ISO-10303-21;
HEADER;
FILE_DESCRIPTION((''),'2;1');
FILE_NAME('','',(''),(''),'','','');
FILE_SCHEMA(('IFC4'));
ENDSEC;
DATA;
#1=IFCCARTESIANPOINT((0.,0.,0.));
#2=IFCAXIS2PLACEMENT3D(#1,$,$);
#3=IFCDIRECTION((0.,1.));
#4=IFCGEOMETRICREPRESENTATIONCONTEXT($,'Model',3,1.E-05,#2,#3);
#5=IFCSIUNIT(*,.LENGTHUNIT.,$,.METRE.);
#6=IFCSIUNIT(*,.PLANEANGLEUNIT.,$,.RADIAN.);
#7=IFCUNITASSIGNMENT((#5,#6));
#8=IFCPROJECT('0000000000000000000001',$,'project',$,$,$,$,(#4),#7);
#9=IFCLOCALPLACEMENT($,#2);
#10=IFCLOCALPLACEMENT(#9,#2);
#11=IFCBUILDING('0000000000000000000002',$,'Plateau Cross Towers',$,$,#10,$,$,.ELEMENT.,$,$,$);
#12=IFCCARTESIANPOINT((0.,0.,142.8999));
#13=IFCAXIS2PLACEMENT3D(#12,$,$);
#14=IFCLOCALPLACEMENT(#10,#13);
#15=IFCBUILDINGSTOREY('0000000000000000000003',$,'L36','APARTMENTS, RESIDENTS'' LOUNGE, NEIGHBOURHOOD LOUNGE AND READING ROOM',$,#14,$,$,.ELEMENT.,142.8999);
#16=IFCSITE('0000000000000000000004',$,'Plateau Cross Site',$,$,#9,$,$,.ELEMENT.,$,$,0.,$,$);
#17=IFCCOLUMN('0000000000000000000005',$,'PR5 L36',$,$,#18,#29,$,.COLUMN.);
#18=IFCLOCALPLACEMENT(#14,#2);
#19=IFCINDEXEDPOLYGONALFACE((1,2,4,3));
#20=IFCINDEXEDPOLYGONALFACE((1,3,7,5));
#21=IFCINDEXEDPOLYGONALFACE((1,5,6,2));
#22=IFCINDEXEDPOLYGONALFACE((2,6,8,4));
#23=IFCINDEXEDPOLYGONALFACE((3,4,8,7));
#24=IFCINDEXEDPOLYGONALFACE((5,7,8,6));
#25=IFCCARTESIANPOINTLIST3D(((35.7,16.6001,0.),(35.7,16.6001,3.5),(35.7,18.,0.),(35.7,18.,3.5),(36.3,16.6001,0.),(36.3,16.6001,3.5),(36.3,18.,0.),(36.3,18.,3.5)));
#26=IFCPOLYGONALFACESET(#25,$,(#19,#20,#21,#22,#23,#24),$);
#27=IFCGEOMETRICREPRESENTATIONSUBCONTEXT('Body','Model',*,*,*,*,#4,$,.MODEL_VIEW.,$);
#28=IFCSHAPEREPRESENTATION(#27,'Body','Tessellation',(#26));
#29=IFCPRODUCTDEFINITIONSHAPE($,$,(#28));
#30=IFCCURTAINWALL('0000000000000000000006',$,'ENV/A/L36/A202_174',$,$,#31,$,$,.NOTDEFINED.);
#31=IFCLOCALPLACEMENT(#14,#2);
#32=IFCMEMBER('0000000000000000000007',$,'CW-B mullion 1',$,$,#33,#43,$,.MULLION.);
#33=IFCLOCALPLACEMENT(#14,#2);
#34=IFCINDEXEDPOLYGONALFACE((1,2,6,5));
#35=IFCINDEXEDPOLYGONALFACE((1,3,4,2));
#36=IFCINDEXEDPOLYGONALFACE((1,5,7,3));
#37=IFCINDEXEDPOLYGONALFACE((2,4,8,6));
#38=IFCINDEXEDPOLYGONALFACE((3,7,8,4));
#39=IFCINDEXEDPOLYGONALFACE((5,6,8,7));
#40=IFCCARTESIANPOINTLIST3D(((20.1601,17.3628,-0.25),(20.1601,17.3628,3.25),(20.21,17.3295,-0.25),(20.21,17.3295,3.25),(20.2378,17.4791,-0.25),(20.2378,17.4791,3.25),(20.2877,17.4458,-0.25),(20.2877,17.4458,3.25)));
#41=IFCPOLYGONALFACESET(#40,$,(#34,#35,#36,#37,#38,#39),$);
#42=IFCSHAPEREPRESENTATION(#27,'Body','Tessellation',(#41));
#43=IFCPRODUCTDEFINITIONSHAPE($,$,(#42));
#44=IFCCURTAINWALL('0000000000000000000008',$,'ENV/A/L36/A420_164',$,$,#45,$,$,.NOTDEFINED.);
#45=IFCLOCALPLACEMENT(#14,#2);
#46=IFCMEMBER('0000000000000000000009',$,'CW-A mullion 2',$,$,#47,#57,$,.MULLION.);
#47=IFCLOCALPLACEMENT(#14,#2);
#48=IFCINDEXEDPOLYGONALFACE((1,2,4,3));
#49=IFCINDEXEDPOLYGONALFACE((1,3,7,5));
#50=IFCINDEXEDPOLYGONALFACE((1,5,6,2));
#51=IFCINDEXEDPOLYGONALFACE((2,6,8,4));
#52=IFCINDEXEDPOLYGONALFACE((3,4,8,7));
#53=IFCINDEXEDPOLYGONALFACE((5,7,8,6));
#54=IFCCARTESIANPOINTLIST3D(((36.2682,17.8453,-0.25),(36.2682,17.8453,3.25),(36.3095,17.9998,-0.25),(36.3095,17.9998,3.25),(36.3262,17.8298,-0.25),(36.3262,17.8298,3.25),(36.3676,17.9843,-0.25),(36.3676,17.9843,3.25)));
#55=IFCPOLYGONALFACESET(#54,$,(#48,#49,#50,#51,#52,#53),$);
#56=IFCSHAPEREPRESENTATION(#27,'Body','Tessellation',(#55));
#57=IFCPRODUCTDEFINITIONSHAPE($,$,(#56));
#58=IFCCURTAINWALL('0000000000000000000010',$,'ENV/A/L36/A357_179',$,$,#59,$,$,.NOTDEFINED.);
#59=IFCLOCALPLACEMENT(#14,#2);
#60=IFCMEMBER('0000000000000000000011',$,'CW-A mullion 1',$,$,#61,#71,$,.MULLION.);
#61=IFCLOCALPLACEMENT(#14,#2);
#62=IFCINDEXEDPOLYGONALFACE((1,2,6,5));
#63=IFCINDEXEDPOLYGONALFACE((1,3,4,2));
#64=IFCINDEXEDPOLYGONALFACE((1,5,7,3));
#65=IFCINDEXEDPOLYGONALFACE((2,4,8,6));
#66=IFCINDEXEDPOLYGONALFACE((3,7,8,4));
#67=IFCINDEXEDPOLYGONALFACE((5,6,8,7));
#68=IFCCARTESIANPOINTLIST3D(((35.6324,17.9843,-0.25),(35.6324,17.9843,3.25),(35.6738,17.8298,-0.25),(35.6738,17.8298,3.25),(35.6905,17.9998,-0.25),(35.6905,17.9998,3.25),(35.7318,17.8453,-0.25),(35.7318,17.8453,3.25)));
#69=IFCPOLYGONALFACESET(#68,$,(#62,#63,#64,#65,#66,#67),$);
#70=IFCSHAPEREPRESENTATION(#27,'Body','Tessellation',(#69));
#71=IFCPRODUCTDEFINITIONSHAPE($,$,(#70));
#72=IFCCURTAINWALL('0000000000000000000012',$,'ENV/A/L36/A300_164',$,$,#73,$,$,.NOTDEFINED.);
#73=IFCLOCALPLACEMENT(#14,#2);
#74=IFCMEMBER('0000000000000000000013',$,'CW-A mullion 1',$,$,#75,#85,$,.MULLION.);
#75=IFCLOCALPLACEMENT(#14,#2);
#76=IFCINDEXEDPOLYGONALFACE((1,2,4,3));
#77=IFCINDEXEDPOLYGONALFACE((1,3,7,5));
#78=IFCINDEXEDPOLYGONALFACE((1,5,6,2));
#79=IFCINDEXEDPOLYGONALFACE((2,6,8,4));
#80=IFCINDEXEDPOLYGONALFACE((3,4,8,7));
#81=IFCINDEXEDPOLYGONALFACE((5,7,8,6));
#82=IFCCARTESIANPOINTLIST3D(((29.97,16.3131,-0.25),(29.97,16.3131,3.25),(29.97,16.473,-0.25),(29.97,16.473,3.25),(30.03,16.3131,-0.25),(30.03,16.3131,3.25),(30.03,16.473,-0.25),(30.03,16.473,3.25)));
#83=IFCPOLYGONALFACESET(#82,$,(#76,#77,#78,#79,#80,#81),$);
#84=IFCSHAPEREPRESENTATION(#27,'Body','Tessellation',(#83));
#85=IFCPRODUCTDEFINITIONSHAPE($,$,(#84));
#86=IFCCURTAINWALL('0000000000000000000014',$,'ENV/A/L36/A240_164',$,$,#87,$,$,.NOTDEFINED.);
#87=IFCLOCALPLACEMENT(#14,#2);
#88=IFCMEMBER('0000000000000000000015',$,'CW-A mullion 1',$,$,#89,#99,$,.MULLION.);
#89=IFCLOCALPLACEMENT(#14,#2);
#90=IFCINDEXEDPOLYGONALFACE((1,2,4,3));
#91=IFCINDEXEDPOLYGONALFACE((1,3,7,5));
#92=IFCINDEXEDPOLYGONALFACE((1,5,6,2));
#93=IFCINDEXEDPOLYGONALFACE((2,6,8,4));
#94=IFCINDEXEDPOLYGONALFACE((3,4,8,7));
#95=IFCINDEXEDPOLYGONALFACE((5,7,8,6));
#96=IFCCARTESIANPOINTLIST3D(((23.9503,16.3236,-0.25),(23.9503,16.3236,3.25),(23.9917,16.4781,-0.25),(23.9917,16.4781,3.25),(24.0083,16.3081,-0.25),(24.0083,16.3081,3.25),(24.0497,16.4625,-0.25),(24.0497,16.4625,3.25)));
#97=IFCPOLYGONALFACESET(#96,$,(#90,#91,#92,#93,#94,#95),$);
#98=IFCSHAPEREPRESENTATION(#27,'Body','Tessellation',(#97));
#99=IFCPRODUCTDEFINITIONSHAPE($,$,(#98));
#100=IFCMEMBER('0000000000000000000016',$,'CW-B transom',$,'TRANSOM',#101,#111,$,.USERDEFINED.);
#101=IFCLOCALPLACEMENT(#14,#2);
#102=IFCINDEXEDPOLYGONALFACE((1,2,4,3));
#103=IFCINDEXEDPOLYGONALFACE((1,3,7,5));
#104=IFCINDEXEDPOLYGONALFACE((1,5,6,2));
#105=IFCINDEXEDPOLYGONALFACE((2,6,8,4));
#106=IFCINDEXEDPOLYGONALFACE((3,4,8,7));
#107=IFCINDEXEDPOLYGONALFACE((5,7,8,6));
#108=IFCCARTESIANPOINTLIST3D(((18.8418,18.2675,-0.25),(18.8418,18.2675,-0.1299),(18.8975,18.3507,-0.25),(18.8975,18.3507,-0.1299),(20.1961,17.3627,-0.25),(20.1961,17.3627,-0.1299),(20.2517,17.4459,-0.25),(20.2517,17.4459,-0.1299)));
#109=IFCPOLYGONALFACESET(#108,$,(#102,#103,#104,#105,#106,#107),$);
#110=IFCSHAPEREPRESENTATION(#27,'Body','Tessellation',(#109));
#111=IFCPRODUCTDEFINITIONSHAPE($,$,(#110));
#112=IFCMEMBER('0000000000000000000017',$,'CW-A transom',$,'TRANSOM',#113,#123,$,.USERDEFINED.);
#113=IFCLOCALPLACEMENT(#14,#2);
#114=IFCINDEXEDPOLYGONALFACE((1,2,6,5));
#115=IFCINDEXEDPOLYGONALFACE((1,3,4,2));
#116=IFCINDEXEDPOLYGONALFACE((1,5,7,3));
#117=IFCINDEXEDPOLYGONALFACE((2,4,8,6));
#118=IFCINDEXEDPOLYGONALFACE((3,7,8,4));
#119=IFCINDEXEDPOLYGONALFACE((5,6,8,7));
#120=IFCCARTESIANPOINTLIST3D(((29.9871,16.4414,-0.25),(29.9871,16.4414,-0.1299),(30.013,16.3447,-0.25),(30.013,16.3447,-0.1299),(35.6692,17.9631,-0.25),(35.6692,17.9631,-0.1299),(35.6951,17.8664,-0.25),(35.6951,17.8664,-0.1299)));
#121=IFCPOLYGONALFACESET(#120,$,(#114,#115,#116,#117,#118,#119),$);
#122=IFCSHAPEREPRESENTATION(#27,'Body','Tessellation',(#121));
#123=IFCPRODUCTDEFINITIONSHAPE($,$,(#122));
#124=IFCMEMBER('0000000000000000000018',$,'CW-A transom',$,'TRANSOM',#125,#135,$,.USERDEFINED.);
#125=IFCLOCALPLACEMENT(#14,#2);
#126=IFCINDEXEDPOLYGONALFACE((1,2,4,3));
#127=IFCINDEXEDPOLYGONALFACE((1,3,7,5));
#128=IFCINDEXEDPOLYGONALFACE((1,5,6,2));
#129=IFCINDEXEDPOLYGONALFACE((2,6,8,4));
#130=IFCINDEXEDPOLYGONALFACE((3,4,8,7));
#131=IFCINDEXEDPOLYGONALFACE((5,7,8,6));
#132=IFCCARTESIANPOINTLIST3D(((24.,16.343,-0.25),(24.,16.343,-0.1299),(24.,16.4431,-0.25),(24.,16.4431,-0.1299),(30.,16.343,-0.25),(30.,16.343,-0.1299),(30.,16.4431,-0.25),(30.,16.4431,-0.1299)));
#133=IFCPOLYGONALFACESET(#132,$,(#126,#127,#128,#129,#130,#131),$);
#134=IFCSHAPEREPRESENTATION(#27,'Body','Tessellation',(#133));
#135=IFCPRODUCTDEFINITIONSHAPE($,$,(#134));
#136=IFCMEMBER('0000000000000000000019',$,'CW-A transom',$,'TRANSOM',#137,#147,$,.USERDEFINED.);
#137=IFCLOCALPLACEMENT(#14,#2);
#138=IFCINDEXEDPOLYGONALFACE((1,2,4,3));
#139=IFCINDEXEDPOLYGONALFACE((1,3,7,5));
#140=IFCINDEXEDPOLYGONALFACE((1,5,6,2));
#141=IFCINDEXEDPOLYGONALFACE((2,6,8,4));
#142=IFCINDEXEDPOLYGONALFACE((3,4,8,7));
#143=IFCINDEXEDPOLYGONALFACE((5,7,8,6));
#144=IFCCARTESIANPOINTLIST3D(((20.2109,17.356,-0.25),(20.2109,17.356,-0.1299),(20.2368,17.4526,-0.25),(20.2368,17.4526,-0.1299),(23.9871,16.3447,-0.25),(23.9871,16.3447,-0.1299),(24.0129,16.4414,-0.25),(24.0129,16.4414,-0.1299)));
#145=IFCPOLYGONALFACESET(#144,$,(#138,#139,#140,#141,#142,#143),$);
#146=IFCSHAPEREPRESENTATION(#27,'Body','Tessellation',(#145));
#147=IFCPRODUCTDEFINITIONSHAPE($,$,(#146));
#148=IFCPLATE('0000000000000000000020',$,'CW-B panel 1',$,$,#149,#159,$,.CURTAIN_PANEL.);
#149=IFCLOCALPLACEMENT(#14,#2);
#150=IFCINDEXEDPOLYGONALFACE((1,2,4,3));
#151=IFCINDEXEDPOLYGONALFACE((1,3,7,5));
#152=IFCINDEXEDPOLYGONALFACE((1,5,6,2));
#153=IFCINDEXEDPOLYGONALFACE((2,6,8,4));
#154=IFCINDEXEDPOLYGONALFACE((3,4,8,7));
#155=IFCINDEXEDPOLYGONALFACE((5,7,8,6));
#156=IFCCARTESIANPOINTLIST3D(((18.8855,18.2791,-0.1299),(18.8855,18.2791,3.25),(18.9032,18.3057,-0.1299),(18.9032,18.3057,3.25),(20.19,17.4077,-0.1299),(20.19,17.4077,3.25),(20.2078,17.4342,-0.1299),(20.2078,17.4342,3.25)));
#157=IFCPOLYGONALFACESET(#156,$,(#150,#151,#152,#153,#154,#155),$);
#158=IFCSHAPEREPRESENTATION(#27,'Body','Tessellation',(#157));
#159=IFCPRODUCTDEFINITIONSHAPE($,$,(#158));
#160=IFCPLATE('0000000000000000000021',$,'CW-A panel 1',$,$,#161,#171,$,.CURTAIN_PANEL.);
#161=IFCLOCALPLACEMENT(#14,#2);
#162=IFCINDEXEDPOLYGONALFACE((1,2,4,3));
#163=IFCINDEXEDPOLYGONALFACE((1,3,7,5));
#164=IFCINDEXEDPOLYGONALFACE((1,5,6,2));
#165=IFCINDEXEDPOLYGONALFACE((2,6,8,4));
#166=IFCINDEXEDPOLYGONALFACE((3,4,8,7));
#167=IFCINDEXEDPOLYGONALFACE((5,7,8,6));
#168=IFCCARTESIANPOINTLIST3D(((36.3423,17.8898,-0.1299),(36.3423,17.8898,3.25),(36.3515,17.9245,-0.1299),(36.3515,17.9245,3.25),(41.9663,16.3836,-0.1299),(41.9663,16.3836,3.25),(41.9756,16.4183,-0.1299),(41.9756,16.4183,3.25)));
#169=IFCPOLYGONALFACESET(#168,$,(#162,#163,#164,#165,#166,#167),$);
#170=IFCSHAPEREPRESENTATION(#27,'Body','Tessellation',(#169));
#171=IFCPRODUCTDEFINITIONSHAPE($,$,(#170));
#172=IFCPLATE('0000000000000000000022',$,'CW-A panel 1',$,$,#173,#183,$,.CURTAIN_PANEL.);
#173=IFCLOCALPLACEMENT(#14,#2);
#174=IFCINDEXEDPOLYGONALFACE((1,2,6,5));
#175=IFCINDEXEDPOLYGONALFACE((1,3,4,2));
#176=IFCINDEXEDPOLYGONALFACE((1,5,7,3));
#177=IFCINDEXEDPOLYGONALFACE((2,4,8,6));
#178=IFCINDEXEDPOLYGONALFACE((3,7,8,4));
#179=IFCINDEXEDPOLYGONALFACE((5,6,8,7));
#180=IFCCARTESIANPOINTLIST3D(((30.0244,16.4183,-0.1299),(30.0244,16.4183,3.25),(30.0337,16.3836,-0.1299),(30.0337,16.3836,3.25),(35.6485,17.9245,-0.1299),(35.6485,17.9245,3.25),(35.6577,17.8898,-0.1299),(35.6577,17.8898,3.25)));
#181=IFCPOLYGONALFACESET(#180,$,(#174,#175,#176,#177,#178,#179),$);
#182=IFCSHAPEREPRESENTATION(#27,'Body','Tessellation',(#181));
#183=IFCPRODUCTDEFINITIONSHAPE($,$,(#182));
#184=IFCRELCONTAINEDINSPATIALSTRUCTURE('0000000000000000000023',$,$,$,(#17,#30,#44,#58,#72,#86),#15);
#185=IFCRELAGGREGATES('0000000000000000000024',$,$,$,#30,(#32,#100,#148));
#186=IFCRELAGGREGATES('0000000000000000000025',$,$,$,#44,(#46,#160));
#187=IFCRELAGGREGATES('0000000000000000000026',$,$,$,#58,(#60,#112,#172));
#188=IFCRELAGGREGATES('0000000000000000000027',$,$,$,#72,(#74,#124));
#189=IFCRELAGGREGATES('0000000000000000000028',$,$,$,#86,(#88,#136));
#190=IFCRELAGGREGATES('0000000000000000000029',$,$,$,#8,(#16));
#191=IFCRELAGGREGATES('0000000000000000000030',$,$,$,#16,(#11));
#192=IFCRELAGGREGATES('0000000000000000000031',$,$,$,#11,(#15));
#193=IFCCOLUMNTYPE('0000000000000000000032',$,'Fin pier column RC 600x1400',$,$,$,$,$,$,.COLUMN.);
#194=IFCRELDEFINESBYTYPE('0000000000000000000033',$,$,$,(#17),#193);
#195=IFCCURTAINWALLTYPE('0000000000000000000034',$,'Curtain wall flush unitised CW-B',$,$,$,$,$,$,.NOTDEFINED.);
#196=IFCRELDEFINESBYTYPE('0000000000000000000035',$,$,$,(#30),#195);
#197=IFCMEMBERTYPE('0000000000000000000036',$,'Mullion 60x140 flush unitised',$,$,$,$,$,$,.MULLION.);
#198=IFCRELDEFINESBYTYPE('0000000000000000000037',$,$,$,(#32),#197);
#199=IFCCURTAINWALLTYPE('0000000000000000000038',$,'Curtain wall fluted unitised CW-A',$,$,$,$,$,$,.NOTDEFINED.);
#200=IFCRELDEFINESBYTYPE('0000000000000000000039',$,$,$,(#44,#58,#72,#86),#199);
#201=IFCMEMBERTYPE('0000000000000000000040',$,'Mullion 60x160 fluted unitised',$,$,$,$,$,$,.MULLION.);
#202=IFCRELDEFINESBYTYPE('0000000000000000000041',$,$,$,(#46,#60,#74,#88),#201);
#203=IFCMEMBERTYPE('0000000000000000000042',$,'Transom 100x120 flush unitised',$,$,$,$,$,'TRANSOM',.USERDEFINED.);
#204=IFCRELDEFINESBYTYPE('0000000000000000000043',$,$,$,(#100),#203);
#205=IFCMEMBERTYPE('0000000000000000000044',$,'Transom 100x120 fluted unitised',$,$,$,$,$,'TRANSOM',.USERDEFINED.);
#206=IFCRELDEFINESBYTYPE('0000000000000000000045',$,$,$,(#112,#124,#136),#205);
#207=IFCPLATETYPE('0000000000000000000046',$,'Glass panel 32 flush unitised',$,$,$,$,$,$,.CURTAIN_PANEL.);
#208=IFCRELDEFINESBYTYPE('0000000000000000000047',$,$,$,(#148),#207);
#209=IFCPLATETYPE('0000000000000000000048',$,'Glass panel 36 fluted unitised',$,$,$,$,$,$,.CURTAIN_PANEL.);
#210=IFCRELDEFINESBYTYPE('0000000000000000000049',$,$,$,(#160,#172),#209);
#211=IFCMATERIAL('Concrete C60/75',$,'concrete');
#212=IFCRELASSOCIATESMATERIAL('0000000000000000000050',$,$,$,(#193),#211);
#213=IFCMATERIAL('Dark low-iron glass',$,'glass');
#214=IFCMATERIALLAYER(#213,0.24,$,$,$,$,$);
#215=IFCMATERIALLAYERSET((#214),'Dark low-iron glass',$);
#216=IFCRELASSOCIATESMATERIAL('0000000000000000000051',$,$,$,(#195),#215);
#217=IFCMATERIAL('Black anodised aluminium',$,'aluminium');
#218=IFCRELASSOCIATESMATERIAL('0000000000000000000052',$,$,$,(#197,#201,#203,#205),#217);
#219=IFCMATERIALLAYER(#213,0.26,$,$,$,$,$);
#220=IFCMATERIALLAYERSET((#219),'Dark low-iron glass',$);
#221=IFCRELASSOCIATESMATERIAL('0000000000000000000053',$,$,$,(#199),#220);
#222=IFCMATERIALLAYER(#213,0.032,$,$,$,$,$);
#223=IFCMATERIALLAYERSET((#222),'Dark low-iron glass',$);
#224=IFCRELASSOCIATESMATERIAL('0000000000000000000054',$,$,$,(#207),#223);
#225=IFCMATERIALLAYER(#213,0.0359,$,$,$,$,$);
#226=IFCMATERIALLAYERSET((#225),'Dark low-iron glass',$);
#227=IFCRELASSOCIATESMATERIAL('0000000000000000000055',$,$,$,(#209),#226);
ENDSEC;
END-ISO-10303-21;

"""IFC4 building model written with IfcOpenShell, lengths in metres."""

from ifc_helpers import new_model, si_unit, direction, frame, origin, origin_2d, place, context, subcontext, project, spatial, rectangle, extrude, material, layer, layer_set, material_profile, profile_set, type_object, element, aggregate, save


model = new_model("IFC4")

# Units and contexts
model_context = context("Model", 3, precision=1e-05, world=origin(), true_north=direction((0.0, 1.0)))
body_context = subcontext(model_context, "Body", "Model", "MODEL_VIEW")
ifc_project = project(units=[si_unit("LENGTHUNIT", "METRE"), si_unit("PLANEANGLEUNIT", "RADIAN")], contexts=[model_context])

# Site, building, storey
site_placement = place(None, origin())
site = spatial("IfcSite", under=ifc_project, at=site_placement, Name="Plateau Cross Site", CompositionType="ELEMENT", RefElevation=0.0)
building_placement = place(site_placement, origin())
building = spatial("IfcBuilding", under=site, at=building_placement, Name="Plateau Cross Towers", CompositionType="ELEMENT")
storey_placement = place(building_placement, frame((0.0, 0.0, 142.8999)))
storey = spatial("IfcBuildingStorey", under=building, at=storey_placement, Name="L36", Description="APARTMENTS, RESIDENTS' LOUNGE, NEIGHBOURHOOD LOUNGE AND READING ROOM", CompositionType="ELEMENT", Elevation=142.8999)

# Column
ifc_material_1 = material(Name="Concrete C60/75", Category="concrete")
ifc_material_profile_1 = material_profile(ifc_material_1, rectangle(XDim=0.6001, YDim=1.3999, at=origin_2d()), Name="RC 600x1400")
ifc_profile_set_1 = profile_set([ifc_material_profile_1], Name="Concrete C60/75")
column_type = type_object("IfcColumnType", Name="Fin pier column RC 600x1400", PredefinedType="COLUMN", material=ifc_profile_set_1)
column_placement = place(storey_placement, frame((36.0, 17.3, 0.0), z_axis=(0.0, 0.0, 1.0), x_axis=(1.0, 0.0, 0.0)))
element("IfcColumn", 1, at=column_placement, inside=storey, type_object=column_type, Name="PR5 L36", PredefinedType="COLUMN", context=body_context, shape_type="SweptSolid", body=[
    extrude(rectangle(XDim=0.6001, YDim=1.3999, at=origin_2d()), origin(), (0.0, 0.0, 1.0), 3.5),
])

# Curtain walls, members
ifc_material_2 = material(Name="Dark low-iron glass", Category="glass")
ifc_layer_1 = layer(ifc_material_2, 0.24)
ifc_layer_set_1 = layer_set([ifc_layer_1], Name="Dark low-iron glass")
curtain_wall_type_1 = type_object("IfcCurtainWallType", Name="Curtain wall flush unitised CW-B", PredefinedType="NOTDEFINED", material=ifc_layer_set_1)
curtain_wall_1_placement = place(storey_placement, origin())
curtain_wall_1 = element("IfcCurtainWall", 2, at=curtain_wall_1_placement, inside=storey, type_object=curtain_wall_type_1, Name="ENV/A/L36/A202_174", PredefinedType="NOTDEFINED")
ifc_material_3 = material(Name="Black anodised aluminium", Category="aluminium")
ifc_material_profile_2 = material_profile(ifc_material_3, rectangle(XDim=0.0601, YDim=0.1399, at=origin_2d()), Name="MULLION 60x140")
ifc_profile_set_2 = profile_set([ifc_material_profile_2], Name="Black anodised aluminium")
member_type_1 = type_object("IfcMemberType", Name="Mullion 60x140 flush unitised", PredefinedType="MULLION", material=ifc_profile_set_2)
member_1_placement = place(storey_placement, frame((20.2239, 17.4043, -0.25), z_axis=(0.0, 0.0, 1.0), x_axis=(-0.831521, 0.555493, 0.0)))
member_1 = element("IfcMember", 3, at=member_1_placement, type_object=member_type_1, Name="CW-B mullion 1", PredefinedType="MULLION", context=body_context, shape_type="SweptSolid", body=[
    extrude(rectangle(XDim=0.0601, YDim=0.1399, at=origin_2d()), origin(), (0.0, 0.0, 1.0), 3.5),
])
ifc_layer_2 = layer(ifc_material_2, 0.26)
ifc_layer_set_2 = layer_set([ifc_layer_2], Name="Dark low-iron glass")
curtain_wall_type_2 = type_object("IfcCurtainWallType", Name="Curtain wall fluted unitised CW-A", PredefinedType="NOTDEFINED", material=ifc_layer_set_2)
curtain_wall_2_placement = place(storey_placement, origin())
curtain_wall_2 = element("IfcCurtainWall", 4, at=curtain_wall_2_placement, inside=storey, type_object=curtain_wall_type_2, Name="ENV/A/L36/A420_164", PredefinedType="NOTDEFINED")
ifc_material_profile_3 = material_profile(ifc_material_3, rectangle(XDim=0.0601, YDim=0.1599, at=origin_2d()), Name="MULLION 60x160")
ifc_profile_set_3 = profile_set([ifc_material_profile_3], Name="Black anodised aluminium")
member_type_2 = type_object("IfcMemberType", Name="Mullion 60x160 fluted unitised", PredefinedType="MULLION", material=ifc_profile_set_3)
member_2_placement = place(storey_placement, frame((36.3179, 17.9148, -0.25), z_axis=(0.0, 0.0, 1.0), x_axis=(-0.965958, 0.258699, 0.0)))
member_2 = element("IfcMember", 5, at=member_2_placement, type_object=member_type_2, Name="CW-A mullion 2", PredefinedType="MULLION", context=body_context, shape_type="SweptSolid", body=[
    extrude(rectangle(XDim=0.0601, YDim=0.1599, at=origin_2d()), origin(), (0.0, 0.0, 1.0), 3.5),
])
curtain_wall_3_placement = place(storey_placement, origin())
curtain_wall_3 = element("IfcCurtainWall", 6, at=curtain_wall_3_placement, inside=storey, type_object=curtain_wall_type_2, Name="ENV/A/L36/A357_179", PredefinedType="NOTDEFINED")
member_3_placement = place(storey_placement, frame((35.6821, 17.9148, -0.25), z_axis=(0.0, 0.0, 1.0), x_axis=(-0.965958, -0.258699, 0.0)))
member_3 = element("IfcMember", 7, at=member_3_placement, type_object=member_type_2, Name="CW-A mullion 1", PredefinedType="MULLION", context=body_context, shape_type="SweptSolid", body=[
    extrude(rectangle(XDim=0.0601, YDim=0.1599, at=origin_2d()), origin(), (0.0, 0.0, 1.0), 3.5),
])
curtain_wall_4_placement = place(storey_placement, origin())
curtain_wall_4 = element("IfcCurtainWall", 8, at=curtain_wall_4_placement, inside=storey, type_object=curtain_wall_type_2, Name="ENV/A/L36/A300_164", PredefinedType="NOTDEFINED")
member_4_placement = place(storey_placement, frame((30.0, 16.3931, -0.25), z_axis=(0.0, 0.0, 1.0), x_axis=(-1.0, 0.0, 0.0)))
member_4 = element("IfcMember", 9, at=member_4_placement, type_object=member_type_2, Name="CW-A mullion 1", PredefinedType="MULLION", context=body_context, shape_type="SweptSolid", body=[
    extrude(rectangle(XDim=0.0601, YDim=0.1599, at=origin_2d()), origin(), (0.0, 0.0, 1.0), 3.5),
])
curtain_wall_5_placement = place(storey_placement, origin())
curtain_wall_5 = element("IfcCurtainWall", 10, at=curtain_wall_5_placement, inside=storey, type_object=curtain_wall_type_2, Name="ENV/A/L36/A240_164", PredefinedType="NOTDEFINED")
member_5_placement = place(storey_placement, frame((24.0, 16.3931, -0.25), z_axis=(0.0, 0.0, 1.0), x_axis=(-0.965958, 0.258699, 0.0)))
member_5 = element("IfcMember", 11, at=member_5_placement, type_object=member_type_2, Name="CW-A mullion 1", PredefinedType="MULLION", context=body_context, shape_type="SweptSolid", body=[
    extrude(rectangle(XDim=0.0601, YDim=0.1599, at=origin_2d()), origin(), (0.0, 0.0, 1.0), 3.5),
])

# Members
ifc_material_profile_4 = material_profile(ifc_material_3, rectangle(XDim=0.1001, YDim=0.1201, at=origin_2d()), Name="TRANSOM 100x120")
ifc_profile_set_4 = profile_set([ifc_material_profile_4], Name="Black anodised aluminium")
member_type_3 = type_object("IfcMemberType", Name="Transom 100x120 flush unitised", ElementType="TRANSOM", PredefinedType="USERDEFINED", material=ifc_profile_set_4)
member_6_placement = place(storey_placement, frame((20.2239, 17.4043, -0.1899), z_axis=(-0.831496, 0.55553, 0.0), x_axis=(-0.55553, -0.831496, 0.0)))
member_6 = element("IfcMember", 12, at=member_6_placement, type_object=member_type_3, Name="CW-B transom", ObjectType="TRANSOM", PredefinedType="USERDEFINED", context=body_context, shape_type="SweptSolid", body=[
    extrude(rectangle(XDim=0.1001, YDim=0.1201, at=origin_2d()), origin(), (0.0, 0.0, 1.0), 1.6287),
])
ifc_material_profile_5 = material_profile(ifc_material_3, rectangle(XDim=0.1001, YDim=0.1201, at=origin_2d()), Name="TRANSOM 100x120")
ifc_profile_set_5 = profile_set([ifc_material_profile_5], Name="Black anodised aluminium")
member_type_4 = type_object("IfcMemberType", Name="Transom 100x120 fluted unitised", ElementType="TRANSOM", PredefinedType="USERDEFINED", material=ifc_profile_set_5)
member_7_placement = place(storey_placement, frame((35.6821, 17.9148, -0.1899), z_axis=(-0.96596, -0.258693, 0.0), x_axis=(0.258693, -0.96596, 0.0)))
member_7 = element("IfcMember", 13, at=member_7_placement, type_object=member_type_4, Name="CW-A transom", ObjectType="TRANSOM", PredefinedType="USERDEFINED", context=body_context, shape_type="SweptSolid", body=[
    extrude(rectangle(XDim=0.1001, YDim=0.1201, at=origin_2d()), origin(), (0.0, 0.0, 1.0), 5.8823),
])
member_8_placement = place(storey_placement, frame((30.0, 16.3931, -0.1899), z_axis=(-1.0, 0.0, 0.0), x_axis=(0.0, -1.0, 0.0)))
member_8 = element("IfcMember", 14, at=member_8_placement, type_object=member_type_4, Name="CW-A transom", ObjectType="TRANSOM", PredefinedType="USERDEFINED", context=body_context, shape_type="SweptSolid", body=[
    extrude(rectangle(XDim=0.1001, YDim=0.1201, at=origin_2d()), origin(), (0.0, 0.0, 1.0), 6.0),
])
member_9_placement = place(storey_placement, frame((24.0, 16.3931, -0.1899), z_axis=(-0.965963, 0.258681, 0.0), x_axis=(-0.258681, -0.965963, 0.0)))
member_9 = element("IfcMember", 15, at=member_9_placement, type_object=member_type_4, Name="CW-A transom", ObjectType="TRANSOM", PredefinedType="USERDEFINED", context=body_context, shape_type="SweptSolid", body=[
    extrude(rectangle(XDim=0.1001, YDim=0.1201, at=origin_2d()), origin(), (0.0, 0.0, 1.0), 3.9092),
])

# Plates
ifc_layer_3 = layer(ifc_material_2, 0.032)
ifc_layer_set_3 = layer_set([ifc_layer_3], Name="Dark low-iron glass")
plate_type_1 = type_object("IfcPlateType", Name="Glass panel 32 flush unitised", PredefinedType="CURTAIN_PANEL", material=ifc_layer_set_3)
plate_1_placement = place(storey_placement, frame((19.5466, 17.8567, -0.1299), z_axis=(0.0, 0.0, 1.0), x_axis=(-0.831521, 0.555493, 0.0)))
plate_1 = element("IfcPlate", 16, at=plate_1_placement, type_object=plate_type_1, Name="CW-B panel 1", PredefinedType="CURTAIN_PANEL", context=body_context, shape_type="SweptSolid", body=[
    extrude(rectangle(XDim=1.5688, YDim=0.032, at=origin_2d()), origin(), (0.0, 0.0, 1.0), 3.3799),
])
aggregate(curtain_wall_1, [member_1, member_6, plate_1])
ifc_layer_4 = layer(ifc_material_2, 0.0359)
ifc_layer_set_4 = layer_set([ifc_layer_4], Name="Dark low-iron glass")
plate_type_2 = type_object("IfcPlateType", Name="Glass panel 36 fluted unitised", PredefinedType="CURTAIN_PANEL", material=ifc_layer_set_4)
plate_2_placement = place(storey_placement, frame((39.1589, 17.1541, -0.1299), z_axis=(0.0, 0.0, 1.0), x_axis=(-0.965958, 0.258699, 0.0)))
plate_2 = element("IfcPlate", 17, at=plate_2_placement, type_object=plate_type_2, Name="CW-A panel 1", PredefinedType="CURTAIN_PANEL", context=body_context, shape_type="SweptSolid", body=[
    extrude(rectangle(XDim=5.8223, YDim=0.0359, at=origin_2d()), origin(), (0.0, 0.0, 1.0), 3.3799),
])
aggregate(curtain_wall_2, [member_2, plate_2])
plate_3_placement = place(storey_placement, frame((32.8411, 17.1541, -0.1299), z_axis=(0.0, 0.0, 1.0), x_axis=(-0.965958, -0.258699, 0.0)))
plate_3 = element("IfcPlate", 18, at=plate_3_placement, type_object=plate_type_2, Name="CW-A panel 1", PredefinedType="CURTAIN_PANEL", context=body_context, shape_type="SweptSolid", body=[
    extrude(rectangle(XDim=5.8223, YDim=0.0359, at=origin_2d()), origin(), (0.0, 0.0, 1.0), 3.3799),
])
aggregate(curtain_wall_3, [member_3, member_7, plate_3])
aggregate(curtain_wall_4, [member_4, member_8])
aggregate(curtain_wall_5, [member_5, member_9])

save(model, "model.ifc")
